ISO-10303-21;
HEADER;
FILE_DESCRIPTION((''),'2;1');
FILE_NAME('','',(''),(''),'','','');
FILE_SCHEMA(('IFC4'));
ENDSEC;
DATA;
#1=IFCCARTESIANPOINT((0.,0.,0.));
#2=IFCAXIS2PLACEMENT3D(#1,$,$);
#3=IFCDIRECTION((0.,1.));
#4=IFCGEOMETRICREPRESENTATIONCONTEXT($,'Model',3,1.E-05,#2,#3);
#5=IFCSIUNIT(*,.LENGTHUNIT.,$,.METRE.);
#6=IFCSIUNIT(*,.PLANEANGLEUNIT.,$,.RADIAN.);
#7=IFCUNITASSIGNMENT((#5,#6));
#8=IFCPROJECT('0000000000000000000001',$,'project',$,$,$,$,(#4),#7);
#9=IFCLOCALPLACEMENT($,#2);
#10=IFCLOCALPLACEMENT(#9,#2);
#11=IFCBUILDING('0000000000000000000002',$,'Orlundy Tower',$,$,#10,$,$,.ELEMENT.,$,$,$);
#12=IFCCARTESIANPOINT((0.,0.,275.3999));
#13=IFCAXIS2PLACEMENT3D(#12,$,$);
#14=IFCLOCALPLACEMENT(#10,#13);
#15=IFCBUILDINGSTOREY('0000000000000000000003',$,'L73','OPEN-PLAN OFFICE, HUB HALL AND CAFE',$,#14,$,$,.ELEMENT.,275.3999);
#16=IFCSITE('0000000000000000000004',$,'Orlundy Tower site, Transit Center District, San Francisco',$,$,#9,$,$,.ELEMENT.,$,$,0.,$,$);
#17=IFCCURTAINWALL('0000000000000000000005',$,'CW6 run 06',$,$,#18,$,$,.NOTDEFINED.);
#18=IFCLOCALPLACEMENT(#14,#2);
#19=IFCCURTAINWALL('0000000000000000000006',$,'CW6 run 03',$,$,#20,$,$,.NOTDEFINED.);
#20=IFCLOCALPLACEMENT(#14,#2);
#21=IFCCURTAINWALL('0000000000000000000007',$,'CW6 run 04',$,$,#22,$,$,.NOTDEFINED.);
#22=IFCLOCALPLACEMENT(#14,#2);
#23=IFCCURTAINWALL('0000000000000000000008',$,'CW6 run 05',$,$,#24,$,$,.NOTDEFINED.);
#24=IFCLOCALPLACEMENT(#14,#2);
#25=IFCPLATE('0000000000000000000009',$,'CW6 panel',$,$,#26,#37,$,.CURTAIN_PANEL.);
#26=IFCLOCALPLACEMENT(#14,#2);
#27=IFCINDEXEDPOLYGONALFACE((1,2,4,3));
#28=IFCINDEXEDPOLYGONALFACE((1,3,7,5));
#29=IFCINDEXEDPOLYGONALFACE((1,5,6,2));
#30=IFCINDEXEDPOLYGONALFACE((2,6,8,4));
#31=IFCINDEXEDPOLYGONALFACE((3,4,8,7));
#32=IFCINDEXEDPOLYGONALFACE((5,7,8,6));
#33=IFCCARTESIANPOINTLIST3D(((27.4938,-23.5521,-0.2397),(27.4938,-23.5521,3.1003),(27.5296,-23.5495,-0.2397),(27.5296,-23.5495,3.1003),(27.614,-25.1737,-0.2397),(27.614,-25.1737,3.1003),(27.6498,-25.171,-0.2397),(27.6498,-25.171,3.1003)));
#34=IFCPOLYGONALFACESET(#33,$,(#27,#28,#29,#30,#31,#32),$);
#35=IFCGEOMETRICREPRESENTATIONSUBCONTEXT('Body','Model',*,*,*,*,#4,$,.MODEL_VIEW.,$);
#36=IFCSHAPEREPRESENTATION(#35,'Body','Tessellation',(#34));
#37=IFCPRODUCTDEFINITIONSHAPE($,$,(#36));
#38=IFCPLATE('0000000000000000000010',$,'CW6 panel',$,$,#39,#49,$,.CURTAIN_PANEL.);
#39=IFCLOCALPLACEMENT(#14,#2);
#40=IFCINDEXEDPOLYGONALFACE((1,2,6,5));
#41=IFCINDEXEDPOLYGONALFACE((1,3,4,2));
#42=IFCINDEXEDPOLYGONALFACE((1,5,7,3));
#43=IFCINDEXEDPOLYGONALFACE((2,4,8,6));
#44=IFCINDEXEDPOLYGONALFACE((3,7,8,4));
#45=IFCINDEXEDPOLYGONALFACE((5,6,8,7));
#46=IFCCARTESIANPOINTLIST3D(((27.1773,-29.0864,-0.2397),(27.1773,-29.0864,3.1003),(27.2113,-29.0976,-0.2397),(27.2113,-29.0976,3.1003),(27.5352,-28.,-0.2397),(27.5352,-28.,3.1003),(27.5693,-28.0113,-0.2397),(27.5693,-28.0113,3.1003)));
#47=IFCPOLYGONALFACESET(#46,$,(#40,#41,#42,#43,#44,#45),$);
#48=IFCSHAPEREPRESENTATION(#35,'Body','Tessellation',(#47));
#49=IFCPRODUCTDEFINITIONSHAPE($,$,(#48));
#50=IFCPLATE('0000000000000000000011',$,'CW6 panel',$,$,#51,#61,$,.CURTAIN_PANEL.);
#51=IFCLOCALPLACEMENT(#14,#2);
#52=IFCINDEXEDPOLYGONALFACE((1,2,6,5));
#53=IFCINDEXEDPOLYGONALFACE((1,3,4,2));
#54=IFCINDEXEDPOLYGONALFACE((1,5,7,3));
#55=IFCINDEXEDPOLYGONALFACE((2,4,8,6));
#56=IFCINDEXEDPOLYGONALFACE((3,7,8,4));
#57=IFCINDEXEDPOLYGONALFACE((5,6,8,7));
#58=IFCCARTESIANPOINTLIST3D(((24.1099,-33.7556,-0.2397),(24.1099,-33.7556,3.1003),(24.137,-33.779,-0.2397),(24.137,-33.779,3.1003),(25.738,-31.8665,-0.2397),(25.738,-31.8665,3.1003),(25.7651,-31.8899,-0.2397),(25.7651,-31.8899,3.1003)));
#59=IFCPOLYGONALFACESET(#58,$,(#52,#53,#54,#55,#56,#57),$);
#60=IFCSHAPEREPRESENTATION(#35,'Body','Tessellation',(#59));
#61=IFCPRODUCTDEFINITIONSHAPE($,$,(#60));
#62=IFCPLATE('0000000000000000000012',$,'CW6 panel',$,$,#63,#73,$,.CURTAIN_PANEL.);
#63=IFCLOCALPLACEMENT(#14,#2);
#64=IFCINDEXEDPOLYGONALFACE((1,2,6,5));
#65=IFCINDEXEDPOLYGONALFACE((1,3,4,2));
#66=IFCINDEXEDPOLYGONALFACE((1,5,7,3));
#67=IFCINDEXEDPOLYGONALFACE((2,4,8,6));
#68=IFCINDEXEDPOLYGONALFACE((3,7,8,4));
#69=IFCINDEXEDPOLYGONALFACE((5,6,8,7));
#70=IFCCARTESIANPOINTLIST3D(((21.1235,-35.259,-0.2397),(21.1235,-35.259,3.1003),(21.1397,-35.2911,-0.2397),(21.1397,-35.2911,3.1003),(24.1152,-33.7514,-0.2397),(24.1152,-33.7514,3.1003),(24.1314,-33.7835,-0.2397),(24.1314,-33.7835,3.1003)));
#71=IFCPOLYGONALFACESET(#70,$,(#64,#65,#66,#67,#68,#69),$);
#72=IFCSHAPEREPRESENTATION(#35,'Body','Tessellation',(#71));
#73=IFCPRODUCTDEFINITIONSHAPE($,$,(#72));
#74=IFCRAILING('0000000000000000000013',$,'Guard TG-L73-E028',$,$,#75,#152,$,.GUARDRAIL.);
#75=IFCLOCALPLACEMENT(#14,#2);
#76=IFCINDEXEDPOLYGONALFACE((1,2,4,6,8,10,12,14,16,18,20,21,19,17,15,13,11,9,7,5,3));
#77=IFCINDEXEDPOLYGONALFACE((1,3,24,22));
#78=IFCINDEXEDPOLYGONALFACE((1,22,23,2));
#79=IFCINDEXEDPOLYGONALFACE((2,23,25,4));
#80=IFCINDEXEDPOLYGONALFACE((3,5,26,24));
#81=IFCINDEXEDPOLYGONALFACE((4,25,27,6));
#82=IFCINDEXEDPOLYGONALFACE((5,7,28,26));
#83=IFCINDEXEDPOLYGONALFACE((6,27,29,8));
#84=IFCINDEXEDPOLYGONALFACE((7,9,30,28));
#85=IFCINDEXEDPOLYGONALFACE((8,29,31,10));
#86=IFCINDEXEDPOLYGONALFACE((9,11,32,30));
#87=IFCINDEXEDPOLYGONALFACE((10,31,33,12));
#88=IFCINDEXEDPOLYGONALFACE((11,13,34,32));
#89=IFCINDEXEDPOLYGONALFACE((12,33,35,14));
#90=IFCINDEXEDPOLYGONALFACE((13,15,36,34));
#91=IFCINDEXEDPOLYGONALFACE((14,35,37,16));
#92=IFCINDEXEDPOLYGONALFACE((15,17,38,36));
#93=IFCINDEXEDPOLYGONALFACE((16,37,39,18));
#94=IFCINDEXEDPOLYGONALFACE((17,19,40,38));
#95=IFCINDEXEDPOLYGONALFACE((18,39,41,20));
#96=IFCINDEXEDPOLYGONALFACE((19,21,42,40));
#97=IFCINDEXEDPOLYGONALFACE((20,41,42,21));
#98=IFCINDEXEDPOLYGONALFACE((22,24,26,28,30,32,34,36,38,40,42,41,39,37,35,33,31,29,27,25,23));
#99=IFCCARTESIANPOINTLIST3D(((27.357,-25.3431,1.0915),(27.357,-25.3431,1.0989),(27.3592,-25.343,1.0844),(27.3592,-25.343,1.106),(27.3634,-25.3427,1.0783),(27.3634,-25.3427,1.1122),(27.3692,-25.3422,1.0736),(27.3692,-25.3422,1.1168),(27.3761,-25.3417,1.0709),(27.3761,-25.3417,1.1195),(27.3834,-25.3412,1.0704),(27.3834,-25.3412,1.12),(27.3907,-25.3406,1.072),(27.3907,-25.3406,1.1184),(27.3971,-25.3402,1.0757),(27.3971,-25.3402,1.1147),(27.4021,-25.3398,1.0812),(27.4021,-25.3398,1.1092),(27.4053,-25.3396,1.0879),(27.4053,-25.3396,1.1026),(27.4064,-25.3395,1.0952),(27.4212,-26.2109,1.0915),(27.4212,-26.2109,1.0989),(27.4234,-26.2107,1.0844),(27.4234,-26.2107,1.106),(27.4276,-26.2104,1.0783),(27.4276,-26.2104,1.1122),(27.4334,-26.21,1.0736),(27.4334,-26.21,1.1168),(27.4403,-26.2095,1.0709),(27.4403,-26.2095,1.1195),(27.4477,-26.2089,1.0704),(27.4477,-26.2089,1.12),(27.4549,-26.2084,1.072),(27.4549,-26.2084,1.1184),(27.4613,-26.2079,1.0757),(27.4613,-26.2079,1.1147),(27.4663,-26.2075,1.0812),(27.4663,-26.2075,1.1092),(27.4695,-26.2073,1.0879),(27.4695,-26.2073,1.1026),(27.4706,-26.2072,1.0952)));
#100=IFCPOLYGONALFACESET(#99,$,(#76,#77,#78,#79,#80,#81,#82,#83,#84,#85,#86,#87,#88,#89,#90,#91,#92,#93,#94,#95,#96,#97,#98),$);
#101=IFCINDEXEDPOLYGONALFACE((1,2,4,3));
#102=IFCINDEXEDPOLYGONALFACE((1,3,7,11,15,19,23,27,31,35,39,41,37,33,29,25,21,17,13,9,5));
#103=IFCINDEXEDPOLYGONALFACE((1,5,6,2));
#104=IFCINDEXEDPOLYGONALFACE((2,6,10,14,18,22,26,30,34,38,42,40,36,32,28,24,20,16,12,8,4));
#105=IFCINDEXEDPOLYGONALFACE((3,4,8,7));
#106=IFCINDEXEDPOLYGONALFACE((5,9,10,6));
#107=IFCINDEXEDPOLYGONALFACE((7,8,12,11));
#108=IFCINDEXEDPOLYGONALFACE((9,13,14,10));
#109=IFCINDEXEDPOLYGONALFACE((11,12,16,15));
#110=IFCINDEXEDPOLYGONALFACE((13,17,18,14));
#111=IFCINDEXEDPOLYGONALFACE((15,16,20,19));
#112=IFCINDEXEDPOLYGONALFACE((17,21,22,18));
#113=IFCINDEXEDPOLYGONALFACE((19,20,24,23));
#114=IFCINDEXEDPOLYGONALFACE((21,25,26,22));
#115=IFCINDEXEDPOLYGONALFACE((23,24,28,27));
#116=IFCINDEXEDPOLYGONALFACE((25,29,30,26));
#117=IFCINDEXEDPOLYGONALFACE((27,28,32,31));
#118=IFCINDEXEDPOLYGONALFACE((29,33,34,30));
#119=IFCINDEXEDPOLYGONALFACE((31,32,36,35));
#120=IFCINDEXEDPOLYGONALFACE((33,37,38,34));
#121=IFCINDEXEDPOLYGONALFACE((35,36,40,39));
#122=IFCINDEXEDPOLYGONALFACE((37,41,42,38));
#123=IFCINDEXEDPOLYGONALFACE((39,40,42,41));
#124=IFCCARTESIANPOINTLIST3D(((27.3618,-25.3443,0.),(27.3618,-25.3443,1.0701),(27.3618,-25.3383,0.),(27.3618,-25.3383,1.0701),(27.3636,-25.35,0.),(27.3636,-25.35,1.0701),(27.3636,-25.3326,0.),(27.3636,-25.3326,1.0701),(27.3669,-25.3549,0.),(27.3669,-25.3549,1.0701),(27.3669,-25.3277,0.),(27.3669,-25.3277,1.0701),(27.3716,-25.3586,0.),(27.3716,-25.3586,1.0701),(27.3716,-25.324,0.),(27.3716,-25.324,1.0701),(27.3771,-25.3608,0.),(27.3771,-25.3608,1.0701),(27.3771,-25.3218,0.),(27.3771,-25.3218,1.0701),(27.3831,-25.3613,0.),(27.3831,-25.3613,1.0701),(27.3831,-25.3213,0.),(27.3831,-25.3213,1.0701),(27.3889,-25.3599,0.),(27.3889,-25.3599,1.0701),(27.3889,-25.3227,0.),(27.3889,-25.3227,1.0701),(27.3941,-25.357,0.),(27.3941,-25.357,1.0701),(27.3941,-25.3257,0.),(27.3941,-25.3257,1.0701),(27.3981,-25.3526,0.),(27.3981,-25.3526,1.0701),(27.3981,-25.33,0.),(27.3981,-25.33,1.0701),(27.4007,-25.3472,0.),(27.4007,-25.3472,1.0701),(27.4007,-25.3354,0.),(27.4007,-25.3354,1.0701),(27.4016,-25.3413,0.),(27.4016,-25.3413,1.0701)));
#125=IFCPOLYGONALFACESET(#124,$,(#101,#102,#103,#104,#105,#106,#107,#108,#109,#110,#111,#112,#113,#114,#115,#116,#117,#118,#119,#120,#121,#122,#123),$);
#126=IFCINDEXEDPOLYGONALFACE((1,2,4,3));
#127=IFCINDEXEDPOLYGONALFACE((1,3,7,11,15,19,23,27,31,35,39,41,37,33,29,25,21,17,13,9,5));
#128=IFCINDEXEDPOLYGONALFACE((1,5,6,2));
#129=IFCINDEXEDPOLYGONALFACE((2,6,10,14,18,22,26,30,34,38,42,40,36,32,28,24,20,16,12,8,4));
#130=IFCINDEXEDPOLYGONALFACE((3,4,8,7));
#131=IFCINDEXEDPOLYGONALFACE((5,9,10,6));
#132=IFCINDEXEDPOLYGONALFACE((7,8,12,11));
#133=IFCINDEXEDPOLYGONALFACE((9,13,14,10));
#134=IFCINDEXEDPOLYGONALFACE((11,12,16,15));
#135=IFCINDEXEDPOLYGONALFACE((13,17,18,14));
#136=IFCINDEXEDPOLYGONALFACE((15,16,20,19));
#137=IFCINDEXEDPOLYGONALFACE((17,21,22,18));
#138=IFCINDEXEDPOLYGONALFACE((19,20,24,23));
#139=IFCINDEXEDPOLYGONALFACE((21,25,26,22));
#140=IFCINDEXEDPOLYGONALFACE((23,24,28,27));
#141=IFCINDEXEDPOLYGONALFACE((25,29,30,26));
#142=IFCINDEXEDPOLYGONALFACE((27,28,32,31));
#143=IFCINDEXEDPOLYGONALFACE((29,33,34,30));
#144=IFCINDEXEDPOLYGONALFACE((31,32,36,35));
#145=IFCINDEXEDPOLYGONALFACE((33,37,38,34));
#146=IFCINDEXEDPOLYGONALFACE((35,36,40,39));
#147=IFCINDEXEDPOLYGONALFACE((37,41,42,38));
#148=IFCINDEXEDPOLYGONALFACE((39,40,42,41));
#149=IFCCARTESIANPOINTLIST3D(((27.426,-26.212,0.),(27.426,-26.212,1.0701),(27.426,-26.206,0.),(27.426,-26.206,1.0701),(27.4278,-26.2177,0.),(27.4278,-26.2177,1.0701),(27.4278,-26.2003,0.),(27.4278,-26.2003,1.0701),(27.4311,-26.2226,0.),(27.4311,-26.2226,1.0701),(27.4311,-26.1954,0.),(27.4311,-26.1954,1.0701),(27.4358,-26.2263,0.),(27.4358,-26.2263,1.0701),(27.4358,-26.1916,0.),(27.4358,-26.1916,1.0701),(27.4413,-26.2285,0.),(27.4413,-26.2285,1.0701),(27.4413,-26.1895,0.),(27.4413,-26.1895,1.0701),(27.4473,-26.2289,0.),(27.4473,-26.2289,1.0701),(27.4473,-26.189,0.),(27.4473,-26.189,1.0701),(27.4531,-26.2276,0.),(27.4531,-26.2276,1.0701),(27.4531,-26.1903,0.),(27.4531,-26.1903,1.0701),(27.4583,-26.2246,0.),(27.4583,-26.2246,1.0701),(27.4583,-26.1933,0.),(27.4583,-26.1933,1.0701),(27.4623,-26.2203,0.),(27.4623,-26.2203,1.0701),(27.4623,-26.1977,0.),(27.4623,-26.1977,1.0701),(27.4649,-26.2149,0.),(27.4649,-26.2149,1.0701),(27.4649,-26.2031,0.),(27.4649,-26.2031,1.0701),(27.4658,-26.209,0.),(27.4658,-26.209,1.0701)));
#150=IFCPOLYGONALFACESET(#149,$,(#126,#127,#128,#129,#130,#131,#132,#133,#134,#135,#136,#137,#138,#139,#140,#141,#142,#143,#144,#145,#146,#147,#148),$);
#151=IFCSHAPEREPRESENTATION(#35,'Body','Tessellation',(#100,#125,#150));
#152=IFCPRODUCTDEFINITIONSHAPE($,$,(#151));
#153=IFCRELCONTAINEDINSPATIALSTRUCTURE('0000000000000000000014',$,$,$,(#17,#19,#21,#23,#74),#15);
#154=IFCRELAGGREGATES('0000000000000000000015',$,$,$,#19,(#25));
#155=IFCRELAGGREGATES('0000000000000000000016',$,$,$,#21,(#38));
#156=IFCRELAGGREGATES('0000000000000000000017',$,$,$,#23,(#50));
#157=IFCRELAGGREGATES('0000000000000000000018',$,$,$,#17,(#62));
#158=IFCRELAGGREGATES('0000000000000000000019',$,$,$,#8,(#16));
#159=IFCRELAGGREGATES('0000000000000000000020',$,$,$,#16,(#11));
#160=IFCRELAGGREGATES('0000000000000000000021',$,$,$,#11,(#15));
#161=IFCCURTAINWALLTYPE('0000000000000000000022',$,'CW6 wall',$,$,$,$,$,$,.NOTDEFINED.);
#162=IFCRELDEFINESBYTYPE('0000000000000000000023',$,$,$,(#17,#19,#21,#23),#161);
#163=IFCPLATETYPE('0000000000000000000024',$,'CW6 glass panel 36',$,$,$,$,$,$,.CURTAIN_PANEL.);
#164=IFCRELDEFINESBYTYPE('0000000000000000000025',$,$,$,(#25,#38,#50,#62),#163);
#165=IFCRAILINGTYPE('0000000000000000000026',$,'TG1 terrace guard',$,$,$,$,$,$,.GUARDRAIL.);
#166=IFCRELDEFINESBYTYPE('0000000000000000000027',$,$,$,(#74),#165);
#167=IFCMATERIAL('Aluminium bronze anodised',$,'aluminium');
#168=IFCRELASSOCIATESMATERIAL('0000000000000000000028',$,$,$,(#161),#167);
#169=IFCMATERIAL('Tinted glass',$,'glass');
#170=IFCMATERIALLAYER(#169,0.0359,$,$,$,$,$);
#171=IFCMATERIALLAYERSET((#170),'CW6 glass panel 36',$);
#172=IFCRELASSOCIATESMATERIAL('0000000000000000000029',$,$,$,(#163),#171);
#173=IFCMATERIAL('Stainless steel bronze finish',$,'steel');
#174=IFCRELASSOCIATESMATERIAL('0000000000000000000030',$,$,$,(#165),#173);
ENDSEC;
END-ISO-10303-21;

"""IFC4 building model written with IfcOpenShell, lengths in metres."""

from ifc_helpers import new_model, si_unit, direction, frame, origin, origin_2d, place, context, subcontext, project, spatial, rectangle, circle, extrude, material, layer, layer_set, type_object, element, aggregate, save


model = new_model("IFC4")

# Units and contexts
model_context = context("Model", 3, precision=1e-05, world=origin(), true_north=direction((0.0, 1.0)))
body_context = subcontext(model_context, "Body", "Model", "MODEL_VIEW")
ifc_project = project(units=[si_unit("LENGTHUNIT", "METRE"), si_unit("PLANEANGLEUNIT", "RADIAN")], contexts=[model_context])

# Site, building, storey
site_placement = place(None, origin())
site = spatial("IfcSite", under=ifc_project, at=site_placement, Name="Orlundy Tower site, Transit Center District, San Francisco", CompositionType="ELEMENT", RefElevation=0.0)
building_placement = place(site_placement, origin())
building = spatial("IfcBuilding", under=site, at=building_placement, Name="Orlundy Tower", CompositionType="ELEMENT")
storey_placement = place(building_placement, frame((0.0, 0.0, 275.3999)))
storey = spatial("IfcBuildingStorey", under=building, at=storey_placement, Name="L73", Description="OPEN-PLAN OFFICE, HUB HALL AND CAFE", CompositionType="ELEMENT", Elevation=275.3999)

# Curtain walls
ifc_material_1 = material(Name="Aluminium bronze anodised", Category="aluminium")
curtain_wall_type = type_object("IfcCurtainWallType", Name="CW6 wall", PredefinedType="NOTDEFINED", material=ifc_material_1)
curtain_wall_1_placement = place(storey_placement, origin())
curtain_wall_1 = element("IfcCurtainWall", 1, at=curtain_wall_1_placement, inside=storey, type_object=curtain_wall_type, Name="CW6 run 06", PredefinedType="NOTDEFINED")
curtain_wall_2_placement = place(storey_placement, origin())
curtain_wall_2 = element("IfcCurtainWall", 2, at=curtain_wall_2_placement, inside=storey, type_object=curtain_wall_type, Name="CW6 run 03", PredefinedType="NOTDEFINED")

# Curtain walls
curtain_wall_3_placement = place(storey_placement, origin())
curtain_wall_3 = element("IfcCurtainWall", 3, at=curtain_wall_3_placement, inside=storey, type_object=curtain_wall_type, Name="CW6 run 04", PredefinedType="NOTDEFINED")
curtain_wall_4_placement = place(storey_placement, origin())
curtain_wall_4 = element("IfcCurtainWall", 4, at=curtain_wall_4_placement, inside=storey, type_object=curtain_wall_type, Name="CW6 run 05", PredefinedType="NOTDEFINED")

# Plates
ifc_material_2 = material(Name="Tinted glass", Category="glass")
ifc_layer = layer(ifc_material_2, 0.0359)
ifc_layer_set = layer_set([ifc_layer], Name="CW6 glass panel 36")
plate_type = type_object("IfcPlateType", Name="CW6 glass panel 36", PredefinedType="CURTAIN_PANEL", material=ifc_layer_set)
plate_1_placement = place(storey_placement, frame((27.5718, -24.3616, -0.2397), z_axis=(0.0, 0.0, 1.0), x_axis=(0.073911, -0.997265, 0.0)))
plate_1 = element("IfcPlate", 5, at=plate_1_placement, type_object=plate_type, Name="CW6 panel", PredefinedType="CURTAIN_PANEL", context=body_context, shape_type="SweptSolid", body=[
    extrude(rectangle(XDim=1.626, YDim=0.0359, at=origin_2d()), origin(), (0.0, 0.0, 1.0), 3.3401),
])
aggregate(curtain_wall_2, [plate_1])
plate_2_placement = place(storey_placement, frame((27.3733, -28.5488, -0.2397), z_axis=(0.0, 0.0, 1.0), x_axis=(-0.312988, -0.949757, 0.0)))
plate_2 = element("IfcPlate", 6, at=plate_2_placement, type_object=plate_type, Name="CW6 panel", PredefinedType="CURTAIN_PANEL", context=body_context, shape_type="SweptSolid", body=[
    extrude(rectangle(XDim=1.1438, YDim=0.0359, at=origin_2d()), origin(), (0.0, 0.0, 1.0), 3.3401),
])
aggregate(curtain_wall_3, [plate_2])
plate_3_placement = place(storey_placement, frame((24.9375, -32.8228, -0.2397), z_axis=(0.0, 0.0, 1.0), x_axis=(-0.652833, -0.757502, 0.0)))
plate_3 = element("IfcPlate", 7, at=plate_3_placement, type_object=plate_type, Name="CW6 panel", PredefinedType="CURTAIN_PANEL", context=body_context, shape_type="SweptSolid", body=[
    extrude(rectangle(XDim=2.4939, YDim=0.0359, at=origin_2d()), origin(), (0.0, 0.0, 1.0), 3.3401),
])
aggregate(curtain_wall_4, [plate_3])
plate_4_placement = place(storey_placement, frame((22.6274, -34.5212, -0.2397), z_axis=(0.0, 0.0, 1.0), x_axis=(-0.89302, -0.450017, 0.0)))
plate_4 = element("IfcPlate", 8, at=plate_4_placement, type_object=plate_type, Name="CW6 panel", PredefinedType="CURTAIN_PANEL", context=body_context, shape_type="SweptSolid", body=[
    extrude(rectangle(XDim=3.3501, YDim=0.0359, at=origin_2d()), origin(), (0.0, 0.0, 1.0), 3.3401),
])
aggregate(curtain_wall_1, [plate_4])

# Railing
ifc_material_3 = material(Name="Stainless steel bronze finish", Category="steel")
railing_type = type_object("IfcRailingType", Name="TG1 terrace guard", PredefinedType="GUARDRAIL", material=ifc_material_3)
railing_1_placement = place(storey_placement, frame((27.3816, -25.3413, 0.0)))
element("IfcRailing", 9, at=railing_1_placement, inside=storey, type_object=railing_type, Name="Guard TG-L73-E028", PredefinedType="GUARDRAIL", context=body_context, shape_type="SweptSolid", body=[
    extrude(circle(Radius=0.0249, at=origin_2d()), frame((0.0, 0.0, 1.0952), z_axis=(0.073799, -0.997273, 0.0), x_axis=(0.997273, 0.073799, 0.0)), (0.0, 0.0, 1.0), 0.8701),
    extrude(circle(Radius=0.02, at=origin_2d()), origin(), (0.0, 0.0, 1.0), 1.0701),
    extrude(circle(Radius=0.02, at=origin_2d()), frame((0.0642, -0.8677, 0.0)), (0.0, 0.0, 1.0), 1.0701),
])

save(model, "model.ifc")
